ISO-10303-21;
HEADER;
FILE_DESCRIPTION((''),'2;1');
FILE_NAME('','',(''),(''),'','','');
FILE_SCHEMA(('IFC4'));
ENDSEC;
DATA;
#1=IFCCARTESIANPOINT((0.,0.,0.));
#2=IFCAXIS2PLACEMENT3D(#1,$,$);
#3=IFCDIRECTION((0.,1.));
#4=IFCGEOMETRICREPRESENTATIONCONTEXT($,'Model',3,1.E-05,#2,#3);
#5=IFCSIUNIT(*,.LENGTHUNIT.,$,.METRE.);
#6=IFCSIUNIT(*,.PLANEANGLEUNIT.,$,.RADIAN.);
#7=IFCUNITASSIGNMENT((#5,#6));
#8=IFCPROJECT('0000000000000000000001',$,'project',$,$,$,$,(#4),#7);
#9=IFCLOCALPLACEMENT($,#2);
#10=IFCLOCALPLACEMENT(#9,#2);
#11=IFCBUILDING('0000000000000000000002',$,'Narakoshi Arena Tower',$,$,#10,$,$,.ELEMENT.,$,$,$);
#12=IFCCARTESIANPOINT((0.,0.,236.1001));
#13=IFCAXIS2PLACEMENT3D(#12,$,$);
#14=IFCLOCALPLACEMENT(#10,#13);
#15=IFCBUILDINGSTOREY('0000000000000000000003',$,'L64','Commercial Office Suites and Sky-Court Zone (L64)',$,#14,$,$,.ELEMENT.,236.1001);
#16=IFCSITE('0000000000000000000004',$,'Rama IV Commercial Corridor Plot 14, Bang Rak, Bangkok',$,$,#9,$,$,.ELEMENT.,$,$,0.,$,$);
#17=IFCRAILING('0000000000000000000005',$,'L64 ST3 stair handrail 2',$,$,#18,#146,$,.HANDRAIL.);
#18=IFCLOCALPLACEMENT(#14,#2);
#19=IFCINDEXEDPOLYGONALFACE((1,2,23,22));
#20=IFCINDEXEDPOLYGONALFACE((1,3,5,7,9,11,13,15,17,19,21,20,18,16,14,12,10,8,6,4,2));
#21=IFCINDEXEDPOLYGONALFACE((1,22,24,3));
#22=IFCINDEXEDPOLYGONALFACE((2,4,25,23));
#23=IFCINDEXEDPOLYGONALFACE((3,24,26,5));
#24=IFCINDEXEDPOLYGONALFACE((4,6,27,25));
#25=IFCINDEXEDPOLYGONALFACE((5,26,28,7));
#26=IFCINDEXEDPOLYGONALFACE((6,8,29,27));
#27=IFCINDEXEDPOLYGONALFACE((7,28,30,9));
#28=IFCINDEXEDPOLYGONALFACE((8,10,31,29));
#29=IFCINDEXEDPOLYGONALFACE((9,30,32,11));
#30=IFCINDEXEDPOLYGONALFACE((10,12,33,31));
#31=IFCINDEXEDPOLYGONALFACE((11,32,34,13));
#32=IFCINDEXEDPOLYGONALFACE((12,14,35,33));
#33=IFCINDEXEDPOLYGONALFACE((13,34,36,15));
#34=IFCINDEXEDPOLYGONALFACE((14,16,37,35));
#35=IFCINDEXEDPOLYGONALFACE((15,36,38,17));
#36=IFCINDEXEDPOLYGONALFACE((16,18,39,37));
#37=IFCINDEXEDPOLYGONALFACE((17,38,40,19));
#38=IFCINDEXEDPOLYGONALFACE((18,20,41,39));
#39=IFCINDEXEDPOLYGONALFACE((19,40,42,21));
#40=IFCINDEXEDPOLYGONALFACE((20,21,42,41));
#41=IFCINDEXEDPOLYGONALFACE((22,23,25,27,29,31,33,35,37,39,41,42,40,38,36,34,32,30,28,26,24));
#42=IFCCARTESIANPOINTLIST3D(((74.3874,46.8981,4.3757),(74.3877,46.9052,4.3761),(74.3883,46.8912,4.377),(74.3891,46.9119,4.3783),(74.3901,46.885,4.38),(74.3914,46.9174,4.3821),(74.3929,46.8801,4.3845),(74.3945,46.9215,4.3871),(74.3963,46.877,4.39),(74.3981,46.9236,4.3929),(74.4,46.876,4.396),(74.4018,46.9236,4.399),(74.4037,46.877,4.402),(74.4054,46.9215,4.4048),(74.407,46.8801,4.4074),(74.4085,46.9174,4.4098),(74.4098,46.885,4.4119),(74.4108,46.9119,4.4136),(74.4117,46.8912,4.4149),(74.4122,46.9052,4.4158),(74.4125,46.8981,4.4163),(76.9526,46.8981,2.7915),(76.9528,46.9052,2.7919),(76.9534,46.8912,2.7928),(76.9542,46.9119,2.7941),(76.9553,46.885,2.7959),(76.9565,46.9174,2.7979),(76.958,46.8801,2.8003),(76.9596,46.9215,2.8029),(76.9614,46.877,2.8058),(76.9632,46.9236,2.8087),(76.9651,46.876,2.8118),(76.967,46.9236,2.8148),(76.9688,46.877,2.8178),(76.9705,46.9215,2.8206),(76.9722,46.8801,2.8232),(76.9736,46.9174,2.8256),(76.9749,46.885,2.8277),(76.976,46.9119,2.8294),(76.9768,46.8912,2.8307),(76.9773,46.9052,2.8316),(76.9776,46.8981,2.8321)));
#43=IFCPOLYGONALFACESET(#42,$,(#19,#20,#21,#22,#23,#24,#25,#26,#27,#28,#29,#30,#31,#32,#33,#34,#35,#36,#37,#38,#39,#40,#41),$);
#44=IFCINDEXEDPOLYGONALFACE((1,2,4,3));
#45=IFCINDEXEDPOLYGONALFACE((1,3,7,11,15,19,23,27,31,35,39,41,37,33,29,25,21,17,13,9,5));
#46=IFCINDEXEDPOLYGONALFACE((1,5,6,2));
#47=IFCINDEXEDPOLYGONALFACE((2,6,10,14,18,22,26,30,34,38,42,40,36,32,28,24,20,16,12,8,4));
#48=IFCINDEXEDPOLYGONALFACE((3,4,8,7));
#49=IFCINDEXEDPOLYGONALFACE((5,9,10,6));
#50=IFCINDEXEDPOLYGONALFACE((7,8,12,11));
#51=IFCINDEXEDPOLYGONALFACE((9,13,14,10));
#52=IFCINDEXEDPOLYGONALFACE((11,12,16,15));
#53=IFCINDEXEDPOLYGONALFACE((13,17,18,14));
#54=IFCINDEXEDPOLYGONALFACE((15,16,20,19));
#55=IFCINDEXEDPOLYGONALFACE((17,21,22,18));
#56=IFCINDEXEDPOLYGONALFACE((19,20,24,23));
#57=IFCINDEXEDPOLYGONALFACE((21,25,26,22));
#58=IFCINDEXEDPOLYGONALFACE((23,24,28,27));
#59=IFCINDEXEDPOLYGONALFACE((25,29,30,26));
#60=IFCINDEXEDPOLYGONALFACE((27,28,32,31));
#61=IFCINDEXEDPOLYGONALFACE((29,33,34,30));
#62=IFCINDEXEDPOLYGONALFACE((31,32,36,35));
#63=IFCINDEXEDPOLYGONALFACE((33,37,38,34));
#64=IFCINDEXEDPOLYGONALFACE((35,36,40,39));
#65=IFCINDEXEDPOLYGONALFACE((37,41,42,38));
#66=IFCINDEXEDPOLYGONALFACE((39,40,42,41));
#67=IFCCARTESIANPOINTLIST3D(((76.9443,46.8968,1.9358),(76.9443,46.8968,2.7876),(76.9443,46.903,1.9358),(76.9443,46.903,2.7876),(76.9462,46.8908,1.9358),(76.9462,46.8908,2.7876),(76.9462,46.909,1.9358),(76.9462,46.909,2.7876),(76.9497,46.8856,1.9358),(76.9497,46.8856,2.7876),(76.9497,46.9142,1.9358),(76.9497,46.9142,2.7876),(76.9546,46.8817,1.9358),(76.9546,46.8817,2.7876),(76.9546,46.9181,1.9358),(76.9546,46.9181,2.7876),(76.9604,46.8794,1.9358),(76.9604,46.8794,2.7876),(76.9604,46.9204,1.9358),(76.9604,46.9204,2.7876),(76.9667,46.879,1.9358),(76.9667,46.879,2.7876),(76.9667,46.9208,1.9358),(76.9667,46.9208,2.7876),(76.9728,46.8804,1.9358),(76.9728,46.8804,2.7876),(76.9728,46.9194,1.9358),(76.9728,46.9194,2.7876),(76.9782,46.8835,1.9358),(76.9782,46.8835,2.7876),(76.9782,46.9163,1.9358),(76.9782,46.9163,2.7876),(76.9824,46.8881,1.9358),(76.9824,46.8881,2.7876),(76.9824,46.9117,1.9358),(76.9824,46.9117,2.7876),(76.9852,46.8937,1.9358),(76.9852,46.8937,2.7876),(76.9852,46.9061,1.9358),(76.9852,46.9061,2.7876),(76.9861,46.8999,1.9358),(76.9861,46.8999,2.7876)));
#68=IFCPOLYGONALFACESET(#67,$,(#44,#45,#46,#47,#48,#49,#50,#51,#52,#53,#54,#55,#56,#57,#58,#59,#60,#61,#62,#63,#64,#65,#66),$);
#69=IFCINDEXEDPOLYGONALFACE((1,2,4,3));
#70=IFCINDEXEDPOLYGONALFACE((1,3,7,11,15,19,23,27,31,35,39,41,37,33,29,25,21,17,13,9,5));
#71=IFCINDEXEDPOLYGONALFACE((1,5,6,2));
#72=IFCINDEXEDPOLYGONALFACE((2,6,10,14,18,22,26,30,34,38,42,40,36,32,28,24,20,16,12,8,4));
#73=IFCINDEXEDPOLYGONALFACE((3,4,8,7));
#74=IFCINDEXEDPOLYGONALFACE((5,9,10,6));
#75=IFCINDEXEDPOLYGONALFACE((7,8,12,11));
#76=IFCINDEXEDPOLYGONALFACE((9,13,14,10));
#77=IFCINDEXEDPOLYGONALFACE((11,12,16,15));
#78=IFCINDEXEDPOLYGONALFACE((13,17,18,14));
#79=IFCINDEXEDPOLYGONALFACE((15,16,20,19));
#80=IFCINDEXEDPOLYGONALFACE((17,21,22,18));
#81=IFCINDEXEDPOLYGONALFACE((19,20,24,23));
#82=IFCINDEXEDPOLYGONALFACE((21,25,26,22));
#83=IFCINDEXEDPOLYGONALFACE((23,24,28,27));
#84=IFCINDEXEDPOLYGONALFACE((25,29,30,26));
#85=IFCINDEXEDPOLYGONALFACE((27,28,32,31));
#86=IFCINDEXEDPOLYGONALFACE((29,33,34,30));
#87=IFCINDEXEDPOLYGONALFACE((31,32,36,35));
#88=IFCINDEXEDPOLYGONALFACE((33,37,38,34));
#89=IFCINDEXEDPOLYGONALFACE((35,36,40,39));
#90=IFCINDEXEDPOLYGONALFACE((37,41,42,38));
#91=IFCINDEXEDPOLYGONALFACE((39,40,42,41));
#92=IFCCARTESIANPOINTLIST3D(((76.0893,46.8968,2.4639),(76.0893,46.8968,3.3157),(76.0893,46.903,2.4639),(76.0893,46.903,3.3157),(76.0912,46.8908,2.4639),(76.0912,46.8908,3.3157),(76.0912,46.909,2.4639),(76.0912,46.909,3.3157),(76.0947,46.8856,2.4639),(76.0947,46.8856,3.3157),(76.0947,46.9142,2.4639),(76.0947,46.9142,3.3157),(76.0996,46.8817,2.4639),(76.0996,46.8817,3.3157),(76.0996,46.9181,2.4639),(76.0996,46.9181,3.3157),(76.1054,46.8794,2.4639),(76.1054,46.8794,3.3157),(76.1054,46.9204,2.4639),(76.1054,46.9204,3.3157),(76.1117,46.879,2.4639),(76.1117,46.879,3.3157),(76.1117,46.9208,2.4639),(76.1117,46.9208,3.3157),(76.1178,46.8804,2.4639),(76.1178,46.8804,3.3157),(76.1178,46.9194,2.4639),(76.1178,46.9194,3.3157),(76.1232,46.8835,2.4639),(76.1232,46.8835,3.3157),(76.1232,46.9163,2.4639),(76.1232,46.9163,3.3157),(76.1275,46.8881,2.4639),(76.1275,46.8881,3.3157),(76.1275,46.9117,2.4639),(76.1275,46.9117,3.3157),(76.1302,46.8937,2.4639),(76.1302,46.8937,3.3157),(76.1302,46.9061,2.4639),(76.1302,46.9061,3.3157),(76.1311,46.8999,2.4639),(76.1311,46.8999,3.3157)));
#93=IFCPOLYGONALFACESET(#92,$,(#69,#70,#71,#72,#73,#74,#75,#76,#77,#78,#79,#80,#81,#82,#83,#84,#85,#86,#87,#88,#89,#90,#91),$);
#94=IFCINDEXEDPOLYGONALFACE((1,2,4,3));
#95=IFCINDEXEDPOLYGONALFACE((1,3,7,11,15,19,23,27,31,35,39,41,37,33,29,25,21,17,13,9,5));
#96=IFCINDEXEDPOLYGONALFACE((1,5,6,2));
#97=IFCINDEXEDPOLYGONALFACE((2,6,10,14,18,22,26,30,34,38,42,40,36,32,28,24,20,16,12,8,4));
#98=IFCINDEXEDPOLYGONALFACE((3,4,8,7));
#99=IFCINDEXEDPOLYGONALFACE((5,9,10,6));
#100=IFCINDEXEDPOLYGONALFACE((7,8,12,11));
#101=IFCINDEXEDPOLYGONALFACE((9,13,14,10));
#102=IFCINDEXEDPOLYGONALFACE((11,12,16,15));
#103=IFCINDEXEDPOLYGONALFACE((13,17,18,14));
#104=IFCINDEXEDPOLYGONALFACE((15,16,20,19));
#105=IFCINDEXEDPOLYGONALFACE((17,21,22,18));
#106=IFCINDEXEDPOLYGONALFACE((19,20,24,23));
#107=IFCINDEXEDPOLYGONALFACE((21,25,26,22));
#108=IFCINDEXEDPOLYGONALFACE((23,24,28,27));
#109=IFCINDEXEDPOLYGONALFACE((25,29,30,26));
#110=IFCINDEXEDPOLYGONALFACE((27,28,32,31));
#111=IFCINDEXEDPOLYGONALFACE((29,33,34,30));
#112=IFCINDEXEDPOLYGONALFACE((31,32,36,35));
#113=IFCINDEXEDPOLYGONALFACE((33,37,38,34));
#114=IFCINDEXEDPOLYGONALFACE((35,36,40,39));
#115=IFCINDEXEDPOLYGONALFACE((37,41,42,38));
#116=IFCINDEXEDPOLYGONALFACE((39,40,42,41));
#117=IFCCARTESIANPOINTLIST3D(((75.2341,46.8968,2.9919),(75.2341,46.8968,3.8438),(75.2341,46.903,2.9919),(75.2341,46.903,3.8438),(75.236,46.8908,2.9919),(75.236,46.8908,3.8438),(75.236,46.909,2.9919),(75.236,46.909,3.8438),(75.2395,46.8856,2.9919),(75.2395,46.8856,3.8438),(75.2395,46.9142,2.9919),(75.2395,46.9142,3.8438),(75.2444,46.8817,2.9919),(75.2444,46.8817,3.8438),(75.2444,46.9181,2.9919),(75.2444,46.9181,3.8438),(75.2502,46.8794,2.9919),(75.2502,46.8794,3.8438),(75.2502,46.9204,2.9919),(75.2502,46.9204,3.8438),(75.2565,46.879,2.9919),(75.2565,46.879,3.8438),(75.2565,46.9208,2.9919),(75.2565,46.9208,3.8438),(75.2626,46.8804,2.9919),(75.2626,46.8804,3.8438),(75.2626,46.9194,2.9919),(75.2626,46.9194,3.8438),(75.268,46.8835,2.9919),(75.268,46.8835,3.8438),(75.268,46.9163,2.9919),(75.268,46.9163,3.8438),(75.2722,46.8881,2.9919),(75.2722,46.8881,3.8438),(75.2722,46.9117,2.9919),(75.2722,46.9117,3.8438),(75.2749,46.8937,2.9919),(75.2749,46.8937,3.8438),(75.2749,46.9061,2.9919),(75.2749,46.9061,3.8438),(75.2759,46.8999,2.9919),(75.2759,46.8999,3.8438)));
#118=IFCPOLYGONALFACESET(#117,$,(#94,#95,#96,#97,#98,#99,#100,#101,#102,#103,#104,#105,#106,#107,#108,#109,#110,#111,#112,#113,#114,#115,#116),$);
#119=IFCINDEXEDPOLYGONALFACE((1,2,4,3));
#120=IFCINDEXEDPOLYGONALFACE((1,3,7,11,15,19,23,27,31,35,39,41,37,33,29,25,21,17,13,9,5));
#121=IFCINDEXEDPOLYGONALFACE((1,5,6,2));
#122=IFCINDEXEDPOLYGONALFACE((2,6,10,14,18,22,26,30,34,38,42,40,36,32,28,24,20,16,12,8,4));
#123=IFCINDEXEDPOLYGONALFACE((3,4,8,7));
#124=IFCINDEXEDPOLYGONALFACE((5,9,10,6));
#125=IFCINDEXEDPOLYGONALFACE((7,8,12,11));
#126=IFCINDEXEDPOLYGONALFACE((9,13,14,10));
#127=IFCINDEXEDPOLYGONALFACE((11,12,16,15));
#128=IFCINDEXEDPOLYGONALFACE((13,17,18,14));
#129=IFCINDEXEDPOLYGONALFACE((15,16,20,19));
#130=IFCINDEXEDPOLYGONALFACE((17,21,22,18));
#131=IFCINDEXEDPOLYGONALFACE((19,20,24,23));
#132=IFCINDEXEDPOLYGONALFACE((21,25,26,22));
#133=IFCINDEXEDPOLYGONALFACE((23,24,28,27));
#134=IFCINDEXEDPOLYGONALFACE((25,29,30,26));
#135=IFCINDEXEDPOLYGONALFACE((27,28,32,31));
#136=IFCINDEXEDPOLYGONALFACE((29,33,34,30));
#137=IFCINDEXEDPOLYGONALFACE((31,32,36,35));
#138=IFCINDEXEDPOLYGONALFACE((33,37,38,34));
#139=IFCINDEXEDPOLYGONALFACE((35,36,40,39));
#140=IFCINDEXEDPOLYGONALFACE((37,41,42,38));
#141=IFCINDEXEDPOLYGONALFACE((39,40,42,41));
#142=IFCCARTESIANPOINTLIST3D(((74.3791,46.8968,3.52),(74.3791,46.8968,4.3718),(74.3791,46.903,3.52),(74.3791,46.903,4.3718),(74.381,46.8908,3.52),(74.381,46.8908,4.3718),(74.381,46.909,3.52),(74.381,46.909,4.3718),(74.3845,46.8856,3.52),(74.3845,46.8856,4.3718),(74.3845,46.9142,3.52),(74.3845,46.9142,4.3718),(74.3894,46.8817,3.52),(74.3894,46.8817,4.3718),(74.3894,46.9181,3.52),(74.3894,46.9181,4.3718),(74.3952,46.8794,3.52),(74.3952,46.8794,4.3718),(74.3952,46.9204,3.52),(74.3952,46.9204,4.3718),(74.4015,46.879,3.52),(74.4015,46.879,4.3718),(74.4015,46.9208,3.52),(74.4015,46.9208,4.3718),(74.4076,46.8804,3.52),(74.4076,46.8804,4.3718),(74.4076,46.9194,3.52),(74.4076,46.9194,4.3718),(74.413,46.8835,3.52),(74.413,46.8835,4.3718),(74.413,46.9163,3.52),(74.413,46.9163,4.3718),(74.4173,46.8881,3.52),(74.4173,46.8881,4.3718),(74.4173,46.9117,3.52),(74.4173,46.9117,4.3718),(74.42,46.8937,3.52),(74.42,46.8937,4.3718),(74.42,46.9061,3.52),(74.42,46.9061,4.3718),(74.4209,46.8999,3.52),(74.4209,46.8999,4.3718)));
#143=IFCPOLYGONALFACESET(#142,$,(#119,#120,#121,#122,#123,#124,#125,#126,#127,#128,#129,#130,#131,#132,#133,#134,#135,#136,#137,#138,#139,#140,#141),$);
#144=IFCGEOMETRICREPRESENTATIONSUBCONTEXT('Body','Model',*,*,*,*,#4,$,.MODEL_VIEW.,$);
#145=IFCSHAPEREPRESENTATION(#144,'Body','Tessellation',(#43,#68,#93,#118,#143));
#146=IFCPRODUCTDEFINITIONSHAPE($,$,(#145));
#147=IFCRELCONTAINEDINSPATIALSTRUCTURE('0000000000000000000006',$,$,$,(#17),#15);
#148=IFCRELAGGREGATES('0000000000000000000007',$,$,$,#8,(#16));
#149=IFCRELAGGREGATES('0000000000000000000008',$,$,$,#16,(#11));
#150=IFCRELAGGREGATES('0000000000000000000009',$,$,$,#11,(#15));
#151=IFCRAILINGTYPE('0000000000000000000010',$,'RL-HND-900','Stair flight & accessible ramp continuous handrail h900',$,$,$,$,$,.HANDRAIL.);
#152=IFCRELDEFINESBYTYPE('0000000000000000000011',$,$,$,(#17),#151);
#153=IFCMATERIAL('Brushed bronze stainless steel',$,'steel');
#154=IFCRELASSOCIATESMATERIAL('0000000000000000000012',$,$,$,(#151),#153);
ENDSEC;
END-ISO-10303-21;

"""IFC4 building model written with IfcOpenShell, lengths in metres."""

from ifc_helpers import new_model, si_unit, direction, frame, origin, origin_2d, place, context, subcontext, project, spatial, circle, extrude, material, type_object, element, save


model = new_model("IFC4")

# Units and contexts
model_context = context("Model", 3, precision=1e-05, world=origin(), true_north=direction((0.0, 1.0)))
body_context = subcontext(model_context, "Body", "Model", "MODEL_VIEW")
ifc_project = project(units=[si_unit("LENGTHUNIT", "METRE"), si_unit("PLANEANGLEUNIT", "RADIAN")], contexts=[model_context])

# Site, building, storey
site_placement = place(None, origin())
site = spatial("IfcSite", under=ifc_project, at=site_placement, Name="Rama IV Commercial Corridor Plot 14, Bang Rak, Bangkok", CompositionType="ELEMENT", RefElevation=0.0)
building_placement = place(site_placement, origin())
building = spatial("IfcBuilding", under=site, at=building_placement, Name="Narakoshi Arena Tower", CompositionType="ELEMENT")
storey_placement = place(building_placement, frame((0.0, 0.0, 236.1001)))
storey = spatial("IfcBuildingStorey", under=building, at=storey_placement, Name="L64", Description="Commercial Office Suites and Sky-Court Zone (L64)", CompositionType="ELEMENT", Elevation=236.1001)

# Shared definitions
ifc_material_1 = material(Name="Brushed bronze stainless steel", Category="steel")

# Railing
railing_type = type_object("IfcRailingType", Name="RL-HND-900", Description="Stair flight & accessible ramp continuous handrail h900", PredefinedType="HANDRAIL", material=ifc_material_1)
railing_placement = place(storey_placement, frame((76.9651, 46.8999, 1.9358)))
element("IfcRailing", 1, at=railing_placement, inside=storey, type_object=railing_type, Name="L64 ST3 stair handrail 2", PredefinedType="HANDRAIL", context=body_context, shape_type="SweptSolid", body=[
    extrude(circle(Radius=0.0239, at=origin_2d()), frame((0.0, 0.0, 0.876), z_axis=(-0.85082, 0.0, 0.525457), x_axis=(0.0, -1.0, 0.0)), (0.0, 0.0, 1.0), 3.0149),
    extrude(circle(Radius=0.021, at=origin_2d()), origin(), (0.0, 0.0, 1.0), 0.8518),
    extrude(circle(Radius=0.021, at=origin_2d()), frame((-0.855, 0.0, 0.5281)), (0.0, 0.0, 1.0), 0.8518),
    extrude(circle(Radius=0.021, at=origin_2d()), frame((-1.7102, 0.0, 1.0562)), (0.0, 0.0, 1.0), 0.8518),
    extrude(circle(Radius=0.021, at=origin_2d()), frame((-2.5652, 0.0, 1.5842)), (0.0, 0.0, 1.0), 0.8518),
])

save(model, "model.ifc")
